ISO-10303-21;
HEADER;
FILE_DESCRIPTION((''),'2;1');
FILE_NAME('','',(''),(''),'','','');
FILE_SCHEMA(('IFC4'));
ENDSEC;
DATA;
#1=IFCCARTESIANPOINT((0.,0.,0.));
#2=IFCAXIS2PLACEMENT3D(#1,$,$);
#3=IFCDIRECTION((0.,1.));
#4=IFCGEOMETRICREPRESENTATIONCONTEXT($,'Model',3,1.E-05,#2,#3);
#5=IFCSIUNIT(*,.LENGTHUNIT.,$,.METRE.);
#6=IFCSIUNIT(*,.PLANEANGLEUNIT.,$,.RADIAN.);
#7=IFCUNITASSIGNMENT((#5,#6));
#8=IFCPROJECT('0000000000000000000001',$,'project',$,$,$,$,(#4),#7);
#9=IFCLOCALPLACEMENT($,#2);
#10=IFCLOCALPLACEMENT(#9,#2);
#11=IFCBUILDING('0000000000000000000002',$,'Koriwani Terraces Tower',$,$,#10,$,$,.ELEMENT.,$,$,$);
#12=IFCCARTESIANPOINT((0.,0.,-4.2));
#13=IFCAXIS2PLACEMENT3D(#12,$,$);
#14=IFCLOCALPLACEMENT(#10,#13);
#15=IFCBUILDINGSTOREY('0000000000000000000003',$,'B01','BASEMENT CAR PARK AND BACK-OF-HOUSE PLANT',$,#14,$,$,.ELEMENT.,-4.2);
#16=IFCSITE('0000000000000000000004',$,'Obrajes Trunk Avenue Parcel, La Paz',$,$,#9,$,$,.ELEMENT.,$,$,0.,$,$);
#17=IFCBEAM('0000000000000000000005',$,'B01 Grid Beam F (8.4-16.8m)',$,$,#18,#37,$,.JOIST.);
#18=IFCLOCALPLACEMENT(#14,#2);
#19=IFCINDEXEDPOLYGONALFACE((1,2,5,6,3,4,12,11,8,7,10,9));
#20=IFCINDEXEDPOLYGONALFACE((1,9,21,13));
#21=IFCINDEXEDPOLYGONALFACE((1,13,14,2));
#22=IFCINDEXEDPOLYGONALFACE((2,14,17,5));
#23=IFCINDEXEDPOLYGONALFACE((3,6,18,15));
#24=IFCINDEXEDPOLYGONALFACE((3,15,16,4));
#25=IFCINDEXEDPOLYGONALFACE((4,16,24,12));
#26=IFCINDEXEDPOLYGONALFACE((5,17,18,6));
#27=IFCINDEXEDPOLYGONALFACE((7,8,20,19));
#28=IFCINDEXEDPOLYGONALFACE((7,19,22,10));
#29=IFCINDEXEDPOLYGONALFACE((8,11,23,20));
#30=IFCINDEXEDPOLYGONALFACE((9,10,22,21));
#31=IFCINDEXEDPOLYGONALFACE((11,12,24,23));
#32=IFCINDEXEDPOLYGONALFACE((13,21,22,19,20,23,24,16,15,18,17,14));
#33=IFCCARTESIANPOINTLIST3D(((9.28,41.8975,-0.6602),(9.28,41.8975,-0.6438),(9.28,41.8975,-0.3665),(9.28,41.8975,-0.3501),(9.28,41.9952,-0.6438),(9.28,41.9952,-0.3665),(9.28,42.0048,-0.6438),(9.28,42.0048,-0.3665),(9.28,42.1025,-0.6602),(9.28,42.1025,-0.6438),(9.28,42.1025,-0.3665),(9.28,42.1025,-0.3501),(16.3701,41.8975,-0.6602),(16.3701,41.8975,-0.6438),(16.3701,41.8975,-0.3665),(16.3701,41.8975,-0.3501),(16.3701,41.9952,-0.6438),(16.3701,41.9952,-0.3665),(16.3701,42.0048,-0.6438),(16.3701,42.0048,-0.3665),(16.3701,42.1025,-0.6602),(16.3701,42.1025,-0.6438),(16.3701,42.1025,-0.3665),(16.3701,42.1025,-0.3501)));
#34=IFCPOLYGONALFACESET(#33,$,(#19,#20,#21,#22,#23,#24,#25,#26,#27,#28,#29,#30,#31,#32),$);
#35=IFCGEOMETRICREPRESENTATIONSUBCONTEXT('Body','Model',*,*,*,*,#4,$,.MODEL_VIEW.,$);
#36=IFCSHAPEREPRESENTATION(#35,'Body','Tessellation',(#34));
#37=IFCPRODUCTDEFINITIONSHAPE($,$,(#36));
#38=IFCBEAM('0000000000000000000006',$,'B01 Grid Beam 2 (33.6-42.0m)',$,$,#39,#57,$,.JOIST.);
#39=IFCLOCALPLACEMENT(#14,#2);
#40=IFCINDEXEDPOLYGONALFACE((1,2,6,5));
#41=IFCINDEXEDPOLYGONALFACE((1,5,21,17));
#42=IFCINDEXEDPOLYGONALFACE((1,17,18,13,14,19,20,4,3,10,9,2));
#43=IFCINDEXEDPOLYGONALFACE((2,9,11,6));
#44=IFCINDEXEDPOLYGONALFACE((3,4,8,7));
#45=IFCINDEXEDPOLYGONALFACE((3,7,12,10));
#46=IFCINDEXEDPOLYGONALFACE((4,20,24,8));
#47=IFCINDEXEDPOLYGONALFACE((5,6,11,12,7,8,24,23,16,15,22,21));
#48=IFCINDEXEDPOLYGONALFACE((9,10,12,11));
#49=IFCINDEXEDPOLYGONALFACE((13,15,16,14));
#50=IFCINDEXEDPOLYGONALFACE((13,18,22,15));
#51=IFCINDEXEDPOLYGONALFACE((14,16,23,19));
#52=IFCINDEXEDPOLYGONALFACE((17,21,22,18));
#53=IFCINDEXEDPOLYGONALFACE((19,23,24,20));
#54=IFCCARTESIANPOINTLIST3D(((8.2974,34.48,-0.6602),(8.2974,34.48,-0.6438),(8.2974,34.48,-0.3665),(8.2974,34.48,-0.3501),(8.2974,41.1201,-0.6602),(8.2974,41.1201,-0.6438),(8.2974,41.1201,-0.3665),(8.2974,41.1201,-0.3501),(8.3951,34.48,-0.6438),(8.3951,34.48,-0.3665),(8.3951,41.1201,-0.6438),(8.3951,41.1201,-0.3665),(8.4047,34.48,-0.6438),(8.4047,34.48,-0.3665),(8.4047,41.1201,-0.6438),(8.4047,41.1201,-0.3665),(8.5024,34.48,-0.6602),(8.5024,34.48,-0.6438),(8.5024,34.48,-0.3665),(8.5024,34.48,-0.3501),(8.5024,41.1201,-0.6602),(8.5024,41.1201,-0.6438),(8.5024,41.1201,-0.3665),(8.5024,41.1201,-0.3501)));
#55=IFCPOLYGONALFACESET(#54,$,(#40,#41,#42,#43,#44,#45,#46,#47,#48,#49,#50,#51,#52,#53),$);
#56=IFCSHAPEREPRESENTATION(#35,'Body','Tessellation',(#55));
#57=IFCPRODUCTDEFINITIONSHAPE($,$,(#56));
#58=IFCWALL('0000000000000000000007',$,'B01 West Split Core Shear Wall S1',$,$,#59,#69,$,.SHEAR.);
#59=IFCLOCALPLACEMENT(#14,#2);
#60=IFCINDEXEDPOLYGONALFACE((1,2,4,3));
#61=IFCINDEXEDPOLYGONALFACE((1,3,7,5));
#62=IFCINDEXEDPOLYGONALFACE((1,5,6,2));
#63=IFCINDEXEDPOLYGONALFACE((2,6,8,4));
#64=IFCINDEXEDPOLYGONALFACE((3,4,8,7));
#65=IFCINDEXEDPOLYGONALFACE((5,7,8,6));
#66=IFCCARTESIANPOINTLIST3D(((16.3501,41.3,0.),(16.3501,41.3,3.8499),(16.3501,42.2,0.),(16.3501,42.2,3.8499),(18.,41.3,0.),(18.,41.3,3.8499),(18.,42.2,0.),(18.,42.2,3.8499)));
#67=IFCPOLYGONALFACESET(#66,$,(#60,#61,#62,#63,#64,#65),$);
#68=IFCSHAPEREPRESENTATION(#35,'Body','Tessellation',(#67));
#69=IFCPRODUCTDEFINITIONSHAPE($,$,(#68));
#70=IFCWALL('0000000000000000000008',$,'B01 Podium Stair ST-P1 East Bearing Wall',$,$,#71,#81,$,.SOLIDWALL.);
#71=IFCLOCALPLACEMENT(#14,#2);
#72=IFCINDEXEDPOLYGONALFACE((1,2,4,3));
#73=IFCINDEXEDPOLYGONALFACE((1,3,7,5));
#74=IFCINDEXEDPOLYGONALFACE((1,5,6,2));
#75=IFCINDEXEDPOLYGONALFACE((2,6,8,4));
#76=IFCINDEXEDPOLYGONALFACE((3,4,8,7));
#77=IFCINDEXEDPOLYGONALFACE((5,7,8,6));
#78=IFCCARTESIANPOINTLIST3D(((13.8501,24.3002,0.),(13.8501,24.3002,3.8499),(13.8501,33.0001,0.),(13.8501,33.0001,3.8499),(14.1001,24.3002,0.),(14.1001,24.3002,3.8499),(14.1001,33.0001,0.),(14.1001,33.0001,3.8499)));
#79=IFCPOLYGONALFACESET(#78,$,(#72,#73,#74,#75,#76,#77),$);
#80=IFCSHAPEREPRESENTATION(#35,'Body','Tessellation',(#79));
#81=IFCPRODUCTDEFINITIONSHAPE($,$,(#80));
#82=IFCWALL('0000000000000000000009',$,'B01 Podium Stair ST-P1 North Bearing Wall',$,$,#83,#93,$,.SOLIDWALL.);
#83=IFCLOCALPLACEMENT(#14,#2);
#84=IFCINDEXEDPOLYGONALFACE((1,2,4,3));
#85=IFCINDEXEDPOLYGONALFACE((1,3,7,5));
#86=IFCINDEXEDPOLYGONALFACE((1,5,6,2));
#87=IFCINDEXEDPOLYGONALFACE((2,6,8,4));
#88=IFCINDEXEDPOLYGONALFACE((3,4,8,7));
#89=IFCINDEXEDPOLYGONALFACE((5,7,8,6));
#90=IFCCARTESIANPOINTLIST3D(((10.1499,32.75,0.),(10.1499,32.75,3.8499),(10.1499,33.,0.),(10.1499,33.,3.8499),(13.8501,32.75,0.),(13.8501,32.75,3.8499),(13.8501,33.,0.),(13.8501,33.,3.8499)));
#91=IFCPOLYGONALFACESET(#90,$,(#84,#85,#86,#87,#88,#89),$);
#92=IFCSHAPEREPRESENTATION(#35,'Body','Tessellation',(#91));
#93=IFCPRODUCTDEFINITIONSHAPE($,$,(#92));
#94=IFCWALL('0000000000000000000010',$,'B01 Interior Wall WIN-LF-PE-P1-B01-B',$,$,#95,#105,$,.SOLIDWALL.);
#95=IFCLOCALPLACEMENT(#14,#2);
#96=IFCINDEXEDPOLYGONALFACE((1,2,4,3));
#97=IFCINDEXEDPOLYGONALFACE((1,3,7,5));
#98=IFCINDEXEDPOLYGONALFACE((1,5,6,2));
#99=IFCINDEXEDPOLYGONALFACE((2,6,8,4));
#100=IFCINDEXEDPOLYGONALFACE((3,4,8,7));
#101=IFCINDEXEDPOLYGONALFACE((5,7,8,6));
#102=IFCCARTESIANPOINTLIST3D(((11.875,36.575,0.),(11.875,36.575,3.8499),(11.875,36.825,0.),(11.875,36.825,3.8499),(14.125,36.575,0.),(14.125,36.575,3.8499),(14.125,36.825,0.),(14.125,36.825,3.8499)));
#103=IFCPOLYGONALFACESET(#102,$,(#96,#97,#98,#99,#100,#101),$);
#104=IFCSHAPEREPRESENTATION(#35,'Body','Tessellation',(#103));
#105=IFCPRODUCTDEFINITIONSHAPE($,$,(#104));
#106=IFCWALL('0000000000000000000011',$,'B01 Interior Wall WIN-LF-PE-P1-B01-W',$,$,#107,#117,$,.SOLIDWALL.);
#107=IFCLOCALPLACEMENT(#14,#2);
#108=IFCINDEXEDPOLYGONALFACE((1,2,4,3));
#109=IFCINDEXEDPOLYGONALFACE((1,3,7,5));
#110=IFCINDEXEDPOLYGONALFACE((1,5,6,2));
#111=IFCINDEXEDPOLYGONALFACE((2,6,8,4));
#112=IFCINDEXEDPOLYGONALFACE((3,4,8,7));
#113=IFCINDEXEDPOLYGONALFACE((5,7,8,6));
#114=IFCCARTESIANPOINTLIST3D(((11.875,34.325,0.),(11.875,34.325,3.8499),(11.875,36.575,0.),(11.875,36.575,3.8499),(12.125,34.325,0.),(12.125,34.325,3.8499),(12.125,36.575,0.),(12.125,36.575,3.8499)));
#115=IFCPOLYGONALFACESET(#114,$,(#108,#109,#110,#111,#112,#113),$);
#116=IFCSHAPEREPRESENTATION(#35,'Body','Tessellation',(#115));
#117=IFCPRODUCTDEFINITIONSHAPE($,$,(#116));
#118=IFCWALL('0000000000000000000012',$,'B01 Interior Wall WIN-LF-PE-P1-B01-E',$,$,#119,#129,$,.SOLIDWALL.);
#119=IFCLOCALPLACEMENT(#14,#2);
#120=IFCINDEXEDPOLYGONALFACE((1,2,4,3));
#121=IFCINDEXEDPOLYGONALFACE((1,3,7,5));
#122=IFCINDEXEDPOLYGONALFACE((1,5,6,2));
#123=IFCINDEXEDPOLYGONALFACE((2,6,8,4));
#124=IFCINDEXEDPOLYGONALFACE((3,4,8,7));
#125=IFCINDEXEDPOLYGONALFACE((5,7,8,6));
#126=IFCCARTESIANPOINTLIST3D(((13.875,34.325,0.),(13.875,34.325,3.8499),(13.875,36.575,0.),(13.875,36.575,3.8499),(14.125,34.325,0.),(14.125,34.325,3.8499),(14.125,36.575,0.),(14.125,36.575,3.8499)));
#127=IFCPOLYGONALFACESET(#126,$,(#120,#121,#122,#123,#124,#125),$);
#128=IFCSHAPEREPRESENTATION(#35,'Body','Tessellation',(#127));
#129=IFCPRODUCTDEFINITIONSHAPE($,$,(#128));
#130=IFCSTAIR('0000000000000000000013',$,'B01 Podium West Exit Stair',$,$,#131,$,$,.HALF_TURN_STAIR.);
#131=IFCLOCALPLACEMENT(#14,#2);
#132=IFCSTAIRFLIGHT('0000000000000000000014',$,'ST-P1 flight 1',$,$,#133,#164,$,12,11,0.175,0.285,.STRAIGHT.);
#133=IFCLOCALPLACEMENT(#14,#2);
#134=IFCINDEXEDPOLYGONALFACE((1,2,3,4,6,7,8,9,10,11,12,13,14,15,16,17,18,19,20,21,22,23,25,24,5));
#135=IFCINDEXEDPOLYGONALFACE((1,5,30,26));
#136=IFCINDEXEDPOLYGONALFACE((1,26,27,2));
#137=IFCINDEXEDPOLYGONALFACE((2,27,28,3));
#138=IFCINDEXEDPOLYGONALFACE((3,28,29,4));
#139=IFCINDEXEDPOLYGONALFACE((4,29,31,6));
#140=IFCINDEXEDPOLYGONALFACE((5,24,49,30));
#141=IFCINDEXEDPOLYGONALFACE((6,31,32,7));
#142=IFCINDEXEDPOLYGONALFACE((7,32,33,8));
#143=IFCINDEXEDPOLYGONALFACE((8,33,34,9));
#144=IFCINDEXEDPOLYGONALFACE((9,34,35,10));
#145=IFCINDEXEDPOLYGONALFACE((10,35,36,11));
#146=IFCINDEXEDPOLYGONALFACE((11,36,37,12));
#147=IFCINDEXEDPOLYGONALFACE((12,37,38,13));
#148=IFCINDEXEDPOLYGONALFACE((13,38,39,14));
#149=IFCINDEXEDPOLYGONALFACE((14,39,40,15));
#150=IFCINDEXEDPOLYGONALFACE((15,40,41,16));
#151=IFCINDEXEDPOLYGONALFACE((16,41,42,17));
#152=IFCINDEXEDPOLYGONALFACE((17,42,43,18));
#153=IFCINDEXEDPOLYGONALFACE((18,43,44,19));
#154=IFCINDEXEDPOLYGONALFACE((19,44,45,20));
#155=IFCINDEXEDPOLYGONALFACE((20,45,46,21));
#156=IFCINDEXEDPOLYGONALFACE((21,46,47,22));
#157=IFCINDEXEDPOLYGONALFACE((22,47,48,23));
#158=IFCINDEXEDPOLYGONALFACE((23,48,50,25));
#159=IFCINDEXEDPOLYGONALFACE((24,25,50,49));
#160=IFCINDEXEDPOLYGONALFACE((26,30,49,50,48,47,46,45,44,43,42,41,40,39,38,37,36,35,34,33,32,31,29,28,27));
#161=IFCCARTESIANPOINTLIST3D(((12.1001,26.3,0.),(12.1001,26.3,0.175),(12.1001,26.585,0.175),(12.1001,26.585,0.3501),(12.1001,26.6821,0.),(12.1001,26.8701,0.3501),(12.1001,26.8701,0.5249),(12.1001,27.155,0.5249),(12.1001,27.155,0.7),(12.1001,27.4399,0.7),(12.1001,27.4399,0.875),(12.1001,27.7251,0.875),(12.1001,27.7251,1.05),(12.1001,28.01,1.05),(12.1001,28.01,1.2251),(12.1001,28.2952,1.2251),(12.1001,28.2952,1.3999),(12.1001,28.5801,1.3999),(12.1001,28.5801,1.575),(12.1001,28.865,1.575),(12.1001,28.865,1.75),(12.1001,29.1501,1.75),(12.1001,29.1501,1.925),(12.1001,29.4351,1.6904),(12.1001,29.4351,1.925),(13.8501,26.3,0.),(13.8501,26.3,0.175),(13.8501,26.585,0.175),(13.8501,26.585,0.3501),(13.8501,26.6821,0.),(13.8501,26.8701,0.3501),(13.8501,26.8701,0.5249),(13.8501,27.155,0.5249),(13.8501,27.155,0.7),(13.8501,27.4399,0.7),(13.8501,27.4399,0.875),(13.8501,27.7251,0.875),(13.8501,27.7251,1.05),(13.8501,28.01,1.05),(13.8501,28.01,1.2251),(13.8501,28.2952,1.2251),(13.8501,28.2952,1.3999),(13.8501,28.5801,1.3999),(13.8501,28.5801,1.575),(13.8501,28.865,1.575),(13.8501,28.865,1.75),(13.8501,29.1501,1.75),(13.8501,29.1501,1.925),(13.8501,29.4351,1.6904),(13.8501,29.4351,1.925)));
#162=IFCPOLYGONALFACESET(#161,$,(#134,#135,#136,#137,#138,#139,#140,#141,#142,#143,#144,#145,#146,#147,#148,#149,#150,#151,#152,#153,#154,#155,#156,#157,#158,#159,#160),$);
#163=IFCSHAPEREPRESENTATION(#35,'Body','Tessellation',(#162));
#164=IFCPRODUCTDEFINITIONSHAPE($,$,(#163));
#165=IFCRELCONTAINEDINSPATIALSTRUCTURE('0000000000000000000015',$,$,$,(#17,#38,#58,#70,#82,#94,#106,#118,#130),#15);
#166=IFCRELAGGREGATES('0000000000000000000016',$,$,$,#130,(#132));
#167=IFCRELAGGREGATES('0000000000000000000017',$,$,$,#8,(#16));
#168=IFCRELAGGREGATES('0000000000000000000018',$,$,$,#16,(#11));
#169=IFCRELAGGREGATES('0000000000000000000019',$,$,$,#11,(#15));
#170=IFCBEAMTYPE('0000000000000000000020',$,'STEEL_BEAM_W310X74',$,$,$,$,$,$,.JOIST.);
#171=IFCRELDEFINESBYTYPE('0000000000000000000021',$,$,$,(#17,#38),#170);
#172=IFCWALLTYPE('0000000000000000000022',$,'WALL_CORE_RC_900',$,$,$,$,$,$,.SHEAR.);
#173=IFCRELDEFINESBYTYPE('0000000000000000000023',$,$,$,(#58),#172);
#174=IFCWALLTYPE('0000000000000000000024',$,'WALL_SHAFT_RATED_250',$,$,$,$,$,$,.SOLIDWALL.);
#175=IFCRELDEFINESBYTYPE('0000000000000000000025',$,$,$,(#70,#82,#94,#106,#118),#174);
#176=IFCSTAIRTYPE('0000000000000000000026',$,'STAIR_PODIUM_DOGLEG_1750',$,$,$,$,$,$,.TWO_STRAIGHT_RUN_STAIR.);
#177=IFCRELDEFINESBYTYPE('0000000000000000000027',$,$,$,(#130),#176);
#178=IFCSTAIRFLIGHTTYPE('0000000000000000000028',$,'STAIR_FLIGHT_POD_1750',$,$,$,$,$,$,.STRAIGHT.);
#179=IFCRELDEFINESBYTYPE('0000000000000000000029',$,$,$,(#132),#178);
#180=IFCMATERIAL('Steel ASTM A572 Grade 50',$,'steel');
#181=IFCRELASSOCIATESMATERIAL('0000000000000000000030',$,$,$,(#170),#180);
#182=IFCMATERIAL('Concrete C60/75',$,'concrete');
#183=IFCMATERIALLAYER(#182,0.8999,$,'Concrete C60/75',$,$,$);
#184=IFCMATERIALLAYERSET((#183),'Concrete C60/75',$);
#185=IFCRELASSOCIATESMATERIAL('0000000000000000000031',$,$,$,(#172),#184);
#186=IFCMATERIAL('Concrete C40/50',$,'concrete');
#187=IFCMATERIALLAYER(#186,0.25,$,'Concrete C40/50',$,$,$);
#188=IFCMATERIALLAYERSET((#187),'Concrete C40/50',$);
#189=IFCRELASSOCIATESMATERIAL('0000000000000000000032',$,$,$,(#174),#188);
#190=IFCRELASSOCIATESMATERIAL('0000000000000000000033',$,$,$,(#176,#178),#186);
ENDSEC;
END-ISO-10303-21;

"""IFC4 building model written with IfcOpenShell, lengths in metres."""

from ifc_helpers import new_model, si_unit, direction, frame, frame_2d, origin, origin_2d, place, context, subcontext, project, spatial, polyline, rectangle, i_section, outline, extrude, material, layer, layer_set, material_profile, profile_set, type_object, element, aggregate, save


model = new_model("IFC4")

# Units and contexts
model_context = context("Model", 3, precision=1e-05, world=origin(), true_north=direction((0.0, 1.0)))
body_context = subcontext(model_context, "Body", "Model", "MODEL_VIEW")
ifc_project = project(units=[si_unit("LENGTHUNIT", "METRE"), si_unit("PLANEANGLEUNIT", "RADIAN")], contexts=[model_context])

# Site, building, storey
site_placement = place(None, origin())
site = spatial("IfcSite", under=ifc_project, at=site_placement, Name="Obrajes Trunk Avenue Parcel, La Paz", CompositionType="ELEMENT", RefElevation=0.0)
building_placement = place(site_placement, origin())
building = spatial("IfcBuilding", under=site, at=building_placement, Name="Koriwani Terraces Tower", CompositionType="ELEMENT")
storey_placement = place(building_placement, frame((0.0, 0.0, -4.2)))
storey = spatial("IfcBuildingStorey", under=building, at=storey_placement, Name="B01", Description="BASEMENT CAR PARK AND BACK-OF-HOUSE PLANT", CompositionType="ELEMENT", Elevation=-4.2)

# Shared definitions
ifc_material_1 = material(Name="Concrete C60/75", Category="concrete")

# Beams
ifc_material_2 = material(Name="Concrete C40/50", Category="concrete")
ifc_material_3 = material(Name="Steel ASTM A572 Grade 50", Category="steel")
ifc_material_profile_1 = material_profile(ifc_material_3, i_section(OverallWidth=0.2051, OverallDepth=0.3101, WebThickness=0.0095, FlangeThickness=0.0164, at=origin_2d()), Name="Steel ASTM A572 Grade 50", Category="LoadBearing")
ifc_profile_set_1 = profile_set([ifc_material_profile_1], Name="Steel ASTM A572 Grade 50")
beam_type_1 = type_object("IfcBeamType", Name="STEEL_BEAM_W310X74", PredefinedType="JOIST", material=ifc_profile_set_1)
beam_1_placement = place(storey_placement, frame((9.28, 42.0, -0.5051), z_axis=(1.0, 0.0, 0.0), x_axis=(0.0, 1.0, 0.0)))
element("IfcBeam", 1, at=beam_1_placement, inside=storey, type_object=beam_type_1, Name="B01 Grid Beam F (8.4-16.8m)", PredefinedType="JOIST", context=body_context, shape_type="SweptSolid", body=[
    extrude(i_section(OverallWidth=0.2051, OverallDepth=0.3101, WebThickness=0.0095, FlangeThickness=0.0164, at=origin_2d()), origin(), (0.0, 0.0, 1.0), 7.0901),
])
beam_2_placement = place(storey_placement, frame((8.3999, 34.48, -0.5051), z_axis=(0.0, 1.0, 0.0), x_axis=(-1.0, 0.0, 0.0)))
element("IfcBeam", 2, at=beam_2_placement, inside=storey, type_object=beam_type_1, Name="B01 Grid Beam 2 (33.6-42.0m)", PredefinedType="JOIST", context=body_context, shape_type="SweptSolid", body=[
    extrude(i_section(OverallWidth=0.2051, OverallDepth=0.3101, WebThickness=0.0095, FlangeThickness=0.0164, at=origin_2d()), origin(), (0.0, 0.0, 1.0), 6.6401),
])

# Walls
ifc_layer_1 = layer(ifc_material_1, 0.8999, Name="Concrete C60/75")
ifc_layer_set_1 = layer_set([ifc_layer_1], Name="Concrete C60/75")
wall_type_1 = type_object("IfcWallType", Name="WALL_CORE_RC_900", PredefinedType="SHEAR", material=ifc_layer_set_1)
wall_1_placement = place(storey_placement, frame((16.3501, 41.75, 0.0), z_axis=(0.0, 0.0, 1.0), x_axis=(1.0, 0.0, 0.0)))
element("IfcWall", 3, at=wall_1_placement, inside=storey, type_object=wall_type_1, Name="B01 West Split Core Shear Wall S1", PredefinedType="SHEAR", context=body_context, shape_type="SweptSolid", body=[
    extrude(rectangle(XDim=1.6499, YDim=0.8999, at=frame_2d((0.825, 0.0))), origin(), (0.0, 0.0, 1.0), 3.8499),
])
ifc_layer_2 = layer(ifc_material_2, 0.25, Name="Concrete C40/50")
ifc_layer_set_2 = layer_set([ifc_layer_2], Name="Concrete C40/50")
wall_type_2 = type_object("IfcWallType", Name="WALL_SHAFT_RATED_250", PredefinedType="SOLIDWALL", material=ifc_layer_set_2)
wall_2_placement = place(storey_placement, frame((13.9751, 24.3, 0.0), z_axis=(0.0, 0.0, 1.0), x_axis=(0.0, 1.0, 0.0)))
element("IfcWall", 4, at=wall_2_placement, inside=storey, type_object=wall_type_2, Name="B01 Podium Stair ST-P1 East Bearing Wall", PredefinedType="SOLIDWALL", context=body_context, shape_type="SweptSolid", body=[
    extrude(rectangle(XDim=8.7, YDim=0.25, at=frame_2d((4.3501, 0.0))), origin(), (0.0, 0.0, 1.0), 3.8499),
])
wall_3_placement = place(storey_placement, frame((10.1499, 32.875, 0.0), z_axis=(0.0, 0.0, 1.0), x_axis=(1.0, 0.0, 0.0)))
element("IfcWall", 5, at=wall_3_placement, inside=storey, type_object=wall_type_2, Name="B01 Podium Stair ST-P1 North Bearing Wall", PredefinedType="SOLIDWALL", context=body_context, shape_type="SweptSolid", body=[
    extrude(rectangle(XDim=3.7002, YDim=0.25, at=frame_2d((1.8501, 0.0))), origin(), (0.0, 0.0, 1.0), 3.8499),
])

# Walls
for number, where, z_axis, x_axis, name in (
    (6, (11.875, 36.7, 0.0), (0.0, 0.0, 1.0), (1.0, 0.0, 0.0), "B01 Interior Wall WIN-LF-PE-P1-B01-B"),
    (7, (12.0, 34.325, 0.0), (0.0, 0.0, 1.0), (0.0, 1.0, 0.0), "B01 Interior Wall WIN-LF-PE-P1-B01-W"),
    (8, (14.0, 34.325, 0.0), (0.0, 0.0, 1.0), (0.0, 1.0, 0.0), "B01 Interior Wall WIN-LF-PE-P1-B01-E"),
):
    element("IfcWall", number, at=place(storey_placement, frame(where, z_axis=z_axis, x_axis=x_axis)), inside=storey, type_object=wall_type_2, Name=name, PredefinedType="SOLIDWALL", context=body_context, shape_type="SweptSolid", body=[
        extrude(rectangle(XDim=2.25, YDim=0.25, at=frame_2d((1.125, 0.0))), origin(), (0.0, 0.0, 1.0), 3.8499),
    ])

# Stair, stair flight
stair_type = type_object("IfcStairType", Name="STAIR_PODIUM_DOGLEG_1750", PredefinedType="TWO_STRAIGHT_RUN_STAIR", material=ifc_material_2)
stair_placement = place(storey_placement, origin())
stair = element("IfcStair", 9, at=stair_placement, inside=storey, type_object=stair_type, Name="B01 Podium West Exit Stair", PredefinedType="HALF_TURN_STAIR")
stair_flight_type = type_object("IfcStairFlightType", Name="STAIR_FLIGHT_POD_1750", PredefinedType="STRAIGHT", material=ifc_material_2)
stair_flight_1_placement = place(storey_placement, frame((12.9751, 26.3, 0.0), z_axis=(0.0, 0.0, 1.0), x_axis=(0.0, 1.0, 0.0)))
stair_flight_1 = element("IfcStairFlight", 10, at=stair_flight_1_placement, type_object=stair_flight_type, Name="ST-P1 flight 1", NumberOfRisers=12, NumberOfTreads=11, PredefinedType="STRAIGHT", RiserHeight=0.175, TreadLength=0.285, context=body_context, shape_type="SweptSolid", body=[
    extrude(outline(polyline([(0.0, 0.0), (0.0, 0.175), (0.2849, 0.175), (0.2849, 0.3501), (0.5701, 0.3501), (0.5701, 0.5249), (0.855, 0.5249), (0.855, 0.7), (1.1399, 0.7), (1.1399, 0.875), (1.425, 0.875), (1.425, 1.05), (1.71, 1.05), (1.71, 1.2251), (1.9951, 1.2251), (1.9951, 1.3999), (2.28, 1.3999), (2.28, 1.575), (2.5649, 1.575), (2.5649, 1.75), (2.8501, 1.75), (2.8501, 1.925), (3.135, 1.925), (3.135, 2.1001), (3.135, 1.6904), (0.3821, 0.0), (0.0, 0.0)])), frame((0.0, 0.875, 0.0), z_axis=(0.0, -1.0, 0.0), x_axis=(1.0, 0.0, 0.0)), (0.0, 0.0, 1.0), 1.75),
])
aggregate(stair, [stair_flight_1])

save(model, "model.ifc")
